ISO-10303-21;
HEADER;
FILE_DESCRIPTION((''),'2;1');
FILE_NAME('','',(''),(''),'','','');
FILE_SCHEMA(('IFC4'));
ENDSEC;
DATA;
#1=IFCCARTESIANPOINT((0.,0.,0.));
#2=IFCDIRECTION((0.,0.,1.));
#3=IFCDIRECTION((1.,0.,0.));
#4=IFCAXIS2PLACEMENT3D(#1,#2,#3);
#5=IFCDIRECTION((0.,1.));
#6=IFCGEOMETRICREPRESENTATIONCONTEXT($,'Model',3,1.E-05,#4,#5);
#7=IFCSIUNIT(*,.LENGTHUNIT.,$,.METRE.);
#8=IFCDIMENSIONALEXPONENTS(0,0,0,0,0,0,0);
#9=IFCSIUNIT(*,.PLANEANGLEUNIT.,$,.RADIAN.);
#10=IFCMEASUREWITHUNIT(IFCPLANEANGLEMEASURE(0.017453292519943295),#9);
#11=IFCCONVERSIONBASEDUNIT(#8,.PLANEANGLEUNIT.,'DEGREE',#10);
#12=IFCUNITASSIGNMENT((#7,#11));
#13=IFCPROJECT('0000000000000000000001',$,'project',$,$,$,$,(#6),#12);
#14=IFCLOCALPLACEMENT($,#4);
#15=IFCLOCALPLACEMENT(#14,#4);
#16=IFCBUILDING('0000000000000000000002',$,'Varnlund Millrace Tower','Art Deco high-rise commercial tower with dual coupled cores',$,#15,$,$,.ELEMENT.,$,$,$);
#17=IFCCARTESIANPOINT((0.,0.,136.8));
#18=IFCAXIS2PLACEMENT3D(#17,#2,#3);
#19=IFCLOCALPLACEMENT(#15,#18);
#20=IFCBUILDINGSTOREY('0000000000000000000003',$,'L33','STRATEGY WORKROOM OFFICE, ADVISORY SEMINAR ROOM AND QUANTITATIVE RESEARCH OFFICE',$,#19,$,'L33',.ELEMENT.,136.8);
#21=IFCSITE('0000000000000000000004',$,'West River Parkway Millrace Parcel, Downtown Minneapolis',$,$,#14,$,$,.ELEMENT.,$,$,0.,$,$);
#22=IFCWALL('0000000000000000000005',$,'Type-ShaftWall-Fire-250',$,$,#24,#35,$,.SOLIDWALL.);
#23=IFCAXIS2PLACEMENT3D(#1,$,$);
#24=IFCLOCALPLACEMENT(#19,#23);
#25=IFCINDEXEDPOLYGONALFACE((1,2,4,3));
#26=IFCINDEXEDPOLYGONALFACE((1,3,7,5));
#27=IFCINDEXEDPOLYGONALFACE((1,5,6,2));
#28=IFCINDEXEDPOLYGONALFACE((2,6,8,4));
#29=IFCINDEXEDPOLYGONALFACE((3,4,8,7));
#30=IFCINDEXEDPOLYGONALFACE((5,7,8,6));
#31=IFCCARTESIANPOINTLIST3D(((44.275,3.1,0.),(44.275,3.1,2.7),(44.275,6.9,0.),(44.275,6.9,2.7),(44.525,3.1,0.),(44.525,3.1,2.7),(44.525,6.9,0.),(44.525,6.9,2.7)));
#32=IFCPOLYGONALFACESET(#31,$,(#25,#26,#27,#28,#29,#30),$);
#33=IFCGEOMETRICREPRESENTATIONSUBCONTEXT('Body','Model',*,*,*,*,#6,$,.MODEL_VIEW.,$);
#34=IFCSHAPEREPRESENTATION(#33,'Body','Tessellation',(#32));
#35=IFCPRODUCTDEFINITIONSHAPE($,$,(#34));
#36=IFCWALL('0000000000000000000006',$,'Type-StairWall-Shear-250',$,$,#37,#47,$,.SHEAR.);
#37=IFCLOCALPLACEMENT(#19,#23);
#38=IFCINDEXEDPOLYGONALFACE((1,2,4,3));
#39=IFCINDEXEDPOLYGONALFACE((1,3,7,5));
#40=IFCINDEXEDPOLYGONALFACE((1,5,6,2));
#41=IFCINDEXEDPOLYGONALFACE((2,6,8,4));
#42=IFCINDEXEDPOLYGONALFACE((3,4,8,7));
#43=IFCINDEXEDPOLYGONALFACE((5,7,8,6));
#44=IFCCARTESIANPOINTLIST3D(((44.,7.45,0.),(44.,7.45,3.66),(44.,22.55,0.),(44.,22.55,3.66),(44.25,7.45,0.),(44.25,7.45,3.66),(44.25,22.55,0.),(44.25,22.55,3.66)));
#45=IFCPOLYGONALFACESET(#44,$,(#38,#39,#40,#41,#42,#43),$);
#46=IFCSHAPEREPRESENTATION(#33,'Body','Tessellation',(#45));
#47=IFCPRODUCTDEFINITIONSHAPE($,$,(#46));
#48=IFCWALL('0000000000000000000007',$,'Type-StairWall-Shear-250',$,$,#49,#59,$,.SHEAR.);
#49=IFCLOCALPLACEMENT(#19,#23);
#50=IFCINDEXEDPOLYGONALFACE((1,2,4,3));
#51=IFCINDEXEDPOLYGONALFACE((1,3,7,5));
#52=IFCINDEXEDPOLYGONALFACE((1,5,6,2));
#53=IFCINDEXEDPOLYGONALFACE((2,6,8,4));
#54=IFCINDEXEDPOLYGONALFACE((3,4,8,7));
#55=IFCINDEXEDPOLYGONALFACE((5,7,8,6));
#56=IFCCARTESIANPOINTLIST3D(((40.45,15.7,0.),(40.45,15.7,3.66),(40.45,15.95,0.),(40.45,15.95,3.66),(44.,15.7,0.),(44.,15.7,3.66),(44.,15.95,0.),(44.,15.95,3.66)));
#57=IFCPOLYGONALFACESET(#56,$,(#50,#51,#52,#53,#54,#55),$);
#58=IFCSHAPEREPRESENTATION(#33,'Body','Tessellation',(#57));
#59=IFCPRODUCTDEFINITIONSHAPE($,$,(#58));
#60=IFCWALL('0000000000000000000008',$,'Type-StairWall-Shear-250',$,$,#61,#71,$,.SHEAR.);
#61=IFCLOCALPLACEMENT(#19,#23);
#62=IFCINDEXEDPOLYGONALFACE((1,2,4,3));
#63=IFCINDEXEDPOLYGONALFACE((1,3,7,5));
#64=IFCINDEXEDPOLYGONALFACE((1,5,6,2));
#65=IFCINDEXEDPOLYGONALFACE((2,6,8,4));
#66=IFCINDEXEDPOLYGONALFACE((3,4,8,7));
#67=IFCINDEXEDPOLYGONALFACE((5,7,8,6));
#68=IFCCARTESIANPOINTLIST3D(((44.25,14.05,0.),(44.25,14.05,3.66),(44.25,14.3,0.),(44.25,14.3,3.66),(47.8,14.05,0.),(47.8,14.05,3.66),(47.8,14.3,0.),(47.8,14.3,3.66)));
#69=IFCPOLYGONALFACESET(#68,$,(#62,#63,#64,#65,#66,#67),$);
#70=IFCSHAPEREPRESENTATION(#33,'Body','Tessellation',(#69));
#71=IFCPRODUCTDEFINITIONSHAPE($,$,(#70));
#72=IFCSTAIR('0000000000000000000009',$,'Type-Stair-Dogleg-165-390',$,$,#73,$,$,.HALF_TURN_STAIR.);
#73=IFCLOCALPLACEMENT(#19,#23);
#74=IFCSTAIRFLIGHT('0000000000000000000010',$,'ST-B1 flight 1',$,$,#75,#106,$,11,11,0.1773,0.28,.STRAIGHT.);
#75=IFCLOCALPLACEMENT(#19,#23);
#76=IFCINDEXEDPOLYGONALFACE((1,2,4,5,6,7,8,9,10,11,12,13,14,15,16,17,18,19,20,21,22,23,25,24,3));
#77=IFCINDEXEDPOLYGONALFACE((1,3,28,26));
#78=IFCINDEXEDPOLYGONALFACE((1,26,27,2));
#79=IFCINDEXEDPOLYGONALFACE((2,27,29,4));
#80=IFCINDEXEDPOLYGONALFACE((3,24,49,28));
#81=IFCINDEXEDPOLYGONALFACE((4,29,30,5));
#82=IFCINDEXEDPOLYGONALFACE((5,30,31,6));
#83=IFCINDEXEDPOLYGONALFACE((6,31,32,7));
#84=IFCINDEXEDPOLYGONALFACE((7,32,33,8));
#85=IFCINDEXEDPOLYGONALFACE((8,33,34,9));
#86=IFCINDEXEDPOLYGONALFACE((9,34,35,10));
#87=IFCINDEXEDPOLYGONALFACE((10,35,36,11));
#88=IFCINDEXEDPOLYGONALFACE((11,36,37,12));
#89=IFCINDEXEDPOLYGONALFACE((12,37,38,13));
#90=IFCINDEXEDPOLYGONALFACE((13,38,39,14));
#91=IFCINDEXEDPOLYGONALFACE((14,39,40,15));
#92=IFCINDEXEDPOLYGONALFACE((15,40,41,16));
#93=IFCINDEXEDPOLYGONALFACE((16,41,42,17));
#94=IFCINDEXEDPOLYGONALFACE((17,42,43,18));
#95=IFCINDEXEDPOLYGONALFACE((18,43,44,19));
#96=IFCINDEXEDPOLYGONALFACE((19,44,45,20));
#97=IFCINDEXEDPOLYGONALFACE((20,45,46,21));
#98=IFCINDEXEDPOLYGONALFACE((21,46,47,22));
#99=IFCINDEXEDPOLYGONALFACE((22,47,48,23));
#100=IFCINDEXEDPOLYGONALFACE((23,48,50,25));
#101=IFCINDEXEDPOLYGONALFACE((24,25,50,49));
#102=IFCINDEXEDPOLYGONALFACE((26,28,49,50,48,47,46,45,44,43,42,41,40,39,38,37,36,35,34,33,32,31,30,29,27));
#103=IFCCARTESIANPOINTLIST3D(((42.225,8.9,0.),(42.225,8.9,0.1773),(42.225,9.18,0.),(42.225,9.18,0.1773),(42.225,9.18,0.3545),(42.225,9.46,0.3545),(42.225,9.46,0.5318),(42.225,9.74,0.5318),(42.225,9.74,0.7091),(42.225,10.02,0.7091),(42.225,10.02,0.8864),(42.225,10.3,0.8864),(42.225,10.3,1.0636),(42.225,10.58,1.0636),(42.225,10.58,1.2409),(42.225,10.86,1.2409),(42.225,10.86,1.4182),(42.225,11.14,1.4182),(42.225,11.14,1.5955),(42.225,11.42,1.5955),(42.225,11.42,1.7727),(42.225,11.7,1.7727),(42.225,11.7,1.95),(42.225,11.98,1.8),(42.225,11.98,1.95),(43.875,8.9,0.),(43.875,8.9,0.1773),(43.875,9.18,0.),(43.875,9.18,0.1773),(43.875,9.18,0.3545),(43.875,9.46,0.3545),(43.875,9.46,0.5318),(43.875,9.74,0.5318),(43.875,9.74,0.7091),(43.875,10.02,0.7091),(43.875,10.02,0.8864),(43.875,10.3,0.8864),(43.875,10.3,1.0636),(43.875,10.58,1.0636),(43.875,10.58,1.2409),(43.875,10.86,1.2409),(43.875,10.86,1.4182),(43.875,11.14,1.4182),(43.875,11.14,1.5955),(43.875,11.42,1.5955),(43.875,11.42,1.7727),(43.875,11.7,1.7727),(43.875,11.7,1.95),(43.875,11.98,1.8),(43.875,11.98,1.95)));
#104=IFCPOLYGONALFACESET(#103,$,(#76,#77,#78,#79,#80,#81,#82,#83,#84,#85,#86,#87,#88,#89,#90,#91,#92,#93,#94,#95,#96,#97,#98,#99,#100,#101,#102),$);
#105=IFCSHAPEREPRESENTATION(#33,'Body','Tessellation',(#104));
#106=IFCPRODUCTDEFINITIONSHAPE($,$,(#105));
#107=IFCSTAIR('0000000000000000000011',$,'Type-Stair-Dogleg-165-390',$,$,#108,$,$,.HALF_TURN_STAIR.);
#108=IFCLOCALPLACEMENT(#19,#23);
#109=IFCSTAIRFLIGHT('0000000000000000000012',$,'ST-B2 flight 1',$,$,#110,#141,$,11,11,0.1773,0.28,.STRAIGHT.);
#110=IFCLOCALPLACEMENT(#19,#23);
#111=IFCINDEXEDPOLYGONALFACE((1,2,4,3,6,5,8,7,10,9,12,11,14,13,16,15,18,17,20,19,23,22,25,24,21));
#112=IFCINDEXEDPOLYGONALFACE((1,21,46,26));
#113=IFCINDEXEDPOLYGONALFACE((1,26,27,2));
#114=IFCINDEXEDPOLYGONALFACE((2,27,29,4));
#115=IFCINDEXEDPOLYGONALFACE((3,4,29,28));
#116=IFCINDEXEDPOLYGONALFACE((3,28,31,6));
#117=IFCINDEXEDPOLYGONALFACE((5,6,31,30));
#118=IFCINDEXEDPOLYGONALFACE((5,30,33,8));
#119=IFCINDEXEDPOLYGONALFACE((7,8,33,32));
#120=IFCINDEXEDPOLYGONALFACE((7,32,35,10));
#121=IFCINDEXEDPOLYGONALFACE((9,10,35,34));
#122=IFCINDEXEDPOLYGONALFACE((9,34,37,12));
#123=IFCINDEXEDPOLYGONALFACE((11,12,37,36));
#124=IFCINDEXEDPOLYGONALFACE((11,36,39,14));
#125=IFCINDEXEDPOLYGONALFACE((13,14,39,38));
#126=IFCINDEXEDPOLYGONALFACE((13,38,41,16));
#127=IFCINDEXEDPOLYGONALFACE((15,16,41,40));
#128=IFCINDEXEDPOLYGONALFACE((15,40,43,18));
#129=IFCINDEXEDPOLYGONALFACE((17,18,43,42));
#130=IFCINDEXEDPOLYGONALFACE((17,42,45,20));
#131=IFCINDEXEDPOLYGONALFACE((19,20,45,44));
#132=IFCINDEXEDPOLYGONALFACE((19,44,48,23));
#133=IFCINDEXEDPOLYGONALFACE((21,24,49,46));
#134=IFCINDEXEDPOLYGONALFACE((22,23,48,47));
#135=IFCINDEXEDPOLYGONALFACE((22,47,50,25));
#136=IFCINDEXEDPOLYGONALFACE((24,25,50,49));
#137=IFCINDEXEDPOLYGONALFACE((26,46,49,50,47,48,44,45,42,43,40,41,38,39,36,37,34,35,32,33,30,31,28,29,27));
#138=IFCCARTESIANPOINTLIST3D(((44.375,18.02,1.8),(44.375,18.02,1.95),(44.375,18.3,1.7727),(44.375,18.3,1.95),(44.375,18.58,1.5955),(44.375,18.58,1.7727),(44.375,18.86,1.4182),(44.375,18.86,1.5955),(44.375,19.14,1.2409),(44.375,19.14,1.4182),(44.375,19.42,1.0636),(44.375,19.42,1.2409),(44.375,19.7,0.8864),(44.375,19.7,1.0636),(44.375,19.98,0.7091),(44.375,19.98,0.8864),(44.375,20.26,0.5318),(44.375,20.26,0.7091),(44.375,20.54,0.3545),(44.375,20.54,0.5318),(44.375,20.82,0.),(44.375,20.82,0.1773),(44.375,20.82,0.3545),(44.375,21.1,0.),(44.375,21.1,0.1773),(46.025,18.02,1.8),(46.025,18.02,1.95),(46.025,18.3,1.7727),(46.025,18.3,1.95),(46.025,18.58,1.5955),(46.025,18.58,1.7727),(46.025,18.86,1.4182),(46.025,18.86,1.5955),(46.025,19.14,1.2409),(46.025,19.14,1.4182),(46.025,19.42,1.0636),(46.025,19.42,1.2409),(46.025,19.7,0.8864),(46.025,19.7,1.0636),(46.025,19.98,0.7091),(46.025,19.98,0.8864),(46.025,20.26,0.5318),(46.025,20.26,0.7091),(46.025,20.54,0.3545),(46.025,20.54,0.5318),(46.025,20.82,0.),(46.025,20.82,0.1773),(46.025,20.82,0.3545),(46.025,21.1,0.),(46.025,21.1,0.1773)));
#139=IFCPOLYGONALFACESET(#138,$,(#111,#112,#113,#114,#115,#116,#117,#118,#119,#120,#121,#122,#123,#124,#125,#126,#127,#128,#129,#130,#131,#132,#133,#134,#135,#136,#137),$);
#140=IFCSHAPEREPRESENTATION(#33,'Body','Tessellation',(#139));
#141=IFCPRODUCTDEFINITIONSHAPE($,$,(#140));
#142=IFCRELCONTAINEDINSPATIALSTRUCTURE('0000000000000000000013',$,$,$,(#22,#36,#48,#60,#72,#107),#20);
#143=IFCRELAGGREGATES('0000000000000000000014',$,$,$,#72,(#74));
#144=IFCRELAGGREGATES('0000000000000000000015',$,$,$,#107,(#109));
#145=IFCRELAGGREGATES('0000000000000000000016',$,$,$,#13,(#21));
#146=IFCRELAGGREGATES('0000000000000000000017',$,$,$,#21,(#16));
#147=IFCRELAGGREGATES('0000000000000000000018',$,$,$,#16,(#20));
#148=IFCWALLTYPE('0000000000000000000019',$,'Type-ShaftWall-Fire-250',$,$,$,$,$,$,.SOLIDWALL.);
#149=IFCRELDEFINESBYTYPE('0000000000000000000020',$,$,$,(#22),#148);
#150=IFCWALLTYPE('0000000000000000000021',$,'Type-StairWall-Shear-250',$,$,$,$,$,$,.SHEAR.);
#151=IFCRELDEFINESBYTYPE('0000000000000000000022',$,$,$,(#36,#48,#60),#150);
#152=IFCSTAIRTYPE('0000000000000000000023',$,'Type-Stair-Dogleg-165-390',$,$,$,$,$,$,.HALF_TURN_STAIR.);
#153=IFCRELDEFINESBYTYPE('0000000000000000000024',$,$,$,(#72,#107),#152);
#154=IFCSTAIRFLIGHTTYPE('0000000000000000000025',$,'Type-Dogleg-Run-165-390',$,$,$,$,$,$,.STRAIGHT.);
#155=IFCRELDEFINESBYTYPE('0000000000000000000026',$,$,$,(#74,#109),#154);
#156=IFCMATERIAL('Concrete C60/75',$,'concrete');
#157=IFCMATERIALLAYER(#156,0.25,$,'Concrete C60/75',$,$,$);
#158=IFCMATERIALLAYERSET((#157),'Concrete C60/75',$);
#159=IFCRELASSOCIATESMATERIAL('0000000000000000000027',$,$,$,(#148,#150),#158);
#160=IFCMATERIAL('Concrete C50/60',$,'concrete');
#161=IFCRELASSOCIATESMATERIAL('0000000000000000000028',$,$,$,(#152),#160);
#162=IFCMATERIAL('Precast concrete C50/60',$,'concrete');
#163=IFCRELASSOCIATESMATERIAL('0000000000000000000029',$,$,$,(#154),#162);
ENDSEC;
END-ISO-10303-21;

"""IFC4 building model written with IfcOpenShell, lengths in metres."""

from ifc_helpers import new_model, entity, si_unit, converted_unit, direction, frame, origin_with_axes, place, context, subcontext, project, spatial, polyline, outline, extrude, material, layer, layer_set, type_object, element, aggregate, save


model = new_model("IFC4")

# Units and contexts
model_context = context("Model", 3, precision=1e-05, world=origin_with_axes(), true_north=direction((0.0, 1.0)))
body_context = subcontext(model_context, "Body", "Model", "MODEL_VIEW")
ifc_project = project(units=[si_unit("LENGTHUNIT", "METRE"), converted_unit("PLANEANGLEUNIT", "DEGREE", entity("IfcPlaneAngleMeasure", 0.017453292519943295), si_unit("PLANEANGLEUNIT", "RADIAN"), dimensions=[0, 0, 0, 0, 0, 0, 0])], contexts=[model_context])

# Site, building, storey
site_placement = place(None, origin_with_axes())
site = spatial("IfcSite", under=ifc_project, at=site_placement, Name="West River Parkway Millrace Parcel, Downtown Minneapolis", CompositionType="ELEMENT", RefElevation=0.0)
building_placement = place(site_placement, origin_with_axes())
building = spatial("IfcBuilding", under=site, at=building_placement, Name="Varnlund Millrace Tower", Description="Art Deco high-rise commercial tower with dual coupled cores", CompositionType="ELEMENT")
storey_placement = place(building_placement, frame((0.0, 0.0, 136.8), z_axis=(0.0, 0.0, 1.0), x_axis=(1.0, 0.0, 0.0)))
storey = spatial("IfcBuildingStorey", under=building, at=storey_placement, Name="L33", Description="STRATEGY WORKROOM OFFICE, ADVISORY SEMINAR ROOM AND QUANTITATIVE RESEARCH OFFICE", LongName="L33", CompositionType="ELEMENT", Elevation=136.8)

# Shared definitions
ifc_material_1 = material(Name="Concrete C60/75", Category="concrete")
ifc_layer_1 = layer(ifc_material_1, 0.25, Name="Concrete C60/75")
ifc_layer_set_1 = layer_set([ifc_layer_1], Name="Concrete C60/75")
wall_type_1 = type_object("IfcWallType", Name="Type-ShaftWall-Fire-250", PredefinedType="SOLIDWALL", material=ifc_layer_set_1)

# Walls
wall_1_placement = place(storey_placement, frame((44.4, 3.1, 0.0), z_axis=(0.0, 0.0, 1.0), x_axis=(0.0, 1.0, 0.0)))
element("IfcWall", 1, at=wall_1_placement, inside=storey, type_object=wall_type_1, Name="Type-ShaftWall-Fire-250", PredefinedType="SOLIDWALL", context=body_context, shape_type="SweptSolid", body=[
    extrude(outline(polyline([(0.0, -0.125), (3.8, -0.125), (3.8, 0.125), (0.0, 0.125), (0.0, -0.125)])), origin_with_axes(), (0.0, 0.0, 1.0), 2.7),
])
wall_type_2 = type_object("IfcWallType", Name="Type-StairWall-Shear-250", PredefinedType="SHEAR", material=ifc_layer_set_1)
wall_2_placement = place(storey_placement, frame((44.125, 7.45, 0.0), z_axis=(0.0, 0.0, 1.0), x_axis=(0.0, 1.0, 0.0)))
element("IfcWall", 2, at=wall_2_placement, inside=storey, type_object=wall_type_2, Name="Type-StairWall-Shear-250", PredefinedType="SHEAR", context=body_context, shape_type="SweptSolid", body=[
    extrude(outline(polyline([(0.0, -0.125), (15.1, -0.125), (15.1, 0.125), (0.0, 0.125), (0.0, -0.125)])), origin_with_axes(), (0.0, 0.0, 1.0), 3.66),
])
for number, where, z_axis, x_axis, name in (
    (3, (40.45, 15.825, 0.0), (0.0, 0.0, 1.0), (1.0, 0.0, 0.0), "Type-StairWall-Shear-250"),
    (4, (44.25, 14.175, 0.0), (0.0, 0.0, 1.0), (1.0, 0.0, 0.0), "Type-StairWall-Shear-250"),
):
    element("IfcWall", number, at=place(storey_placement, frame(where, z_axis=z_axis, x_axis=x_axis)), inside=storey, type_object=wall_type_2, Name=name, PredefinedType="SHEAR", context=body_context, shape_type="SweptSolid", body=[
        extrude(outline(polyline([(0.0, -0.125), (3.55, -0.125), (3.55, 0.125), (0.0, 0.125), (0.0, -0.125)])), origin_with_axes(), (0.0, 0.0, 1.0), 3.66),
    ])

# Stairs, stair flights
ifc_material_2 = material(Name="Concrete C50/60", Category="concrete")
stair_type = type_object("IfcStairType", Name="Type-Stair-Dogleg-165-390", PredefinedType="HALF_TURN_STAIR", material=ifc_material_2)
stair_1_placement = place(storey_placement, origin_with_axes())
stair_1 = element("IfcStair", 5, at=stair_1_placement, inside=storey, type_object=stair_type, Name="Type-Stair-Dogleg-165-390", PredefinedType="HALF_TURN_STAIR")
ifc_material_3 = material(Name="Precast concrete C50/60", Category="concrete")
stair_flight_type = type_object("IfcStairFlightType", Name="Type-Dogleg-Run-165-390", PredefinedType="STRAIGHT", material=ifc_material_3)
stair_flight_1_placement = place(storey_placement, frame((42.225, 8.9, 0.0), z_axis=(1.0, 0.0, 0.0), x_axis=(0.0, 1.0, 0.0)))
stair_flight_1 = element("IfcStairFlight", 6, at=stair_flight_1_placement, type_object=stair_flight_type, Name="ST-B1 flight 1", NumberOfRisers=11, NumberOfTreads=11, PredefinedType="STRAIGHT", RiserHeight=0.1773, TreadLength=0.28, context=body_context, shape_type="SweptSolid", body=[
    extrude(outline(polyline([(0.0, 0.0), (0.0, 0.1773), (0.28, 0.1773), (0.28, 0.3545), (0.56, 0.3545), (0.56, 0.5318), (0.84, 0.5318), (0.84, 0.7091), (1.12, 0.7091), (1.12, 0.8864), (1.4, 0.8864), (1.4, 1.0636), (1.68, 1.0636), (1.68, 1.2409), (1.96, 1.2409), (1.96, 1.4182), (2.24, 1.4182), (2.24, 1.5955), (2.52, 1.5955), (2.52, 1.7727), (2.8, 1.7727), (2.8, 1.95), (3.08, 1.95), (3.08, 1.8), (0.28, 0.0), (0.0, 0.0)])), origin_with_axes(), (0.0, 0.0, 1.0), 1.65),
])
aggregate(stair_1, [stair_flight_1])
stair_2_placement = place(storey_placement, origin_with_axes())
stair_2 = element("IfcStair", 7, at=stair_2_placement, inside=storey, type_object=stair_type, Name="Type-Stair-Dogleg-165-390", PredefinedType="HALF_TURN_STAIR")
stair_flight_2_placement = place(storey_placement, frame((46.025, 21.1, 0.0), z_axis=(-1.0, 0.0, 0.0), x_axis=(0.0, -1.0, 0.0)))
stair_flight_2 = element("IfcStairFlight", 8, at=stair_flight_2_placement, type_object=stair_flight_type, Name="ST-B2 flight 1", NumberOfRisers=11, NumberOfTreads=11, PredefinedType="STRAIGHT", RiserHeight=0.1773, TreadLength=0.28, context=body_context, shape_type="SweptSolid", body=[
    extrude(outline(polyline([(0.0, 0.0), (0.0, 0.1773), (0.28, 0.1773), (0.28, 0.3545), (0.56, 0.3545), (0.56, 0.5318), (0.84, 0.5318), (0.84, 0.7091), (1.12, 0.7091), (1.12, 0.8864), (1.4, 0.8864), (1.4, 1.0636), (1.68, 1.0636), (1.68, 1.2409), (1.96, 1.2409), (1.96, 1.4182), (2.24, 1.4182), (2.24, 1.5955), (2.52, 1.5955), (2.52, 1.7727), (2.8, 1.7727), (2.8, 1.95), (3.08, 1.95), (3.08, 1.8), (0.28, 0.0), (0.0, 0.0)])), origin_with_axes(), (0.0, 0.0, 1.0), 1.65),
])
aggregate(stair_2, [stair_flight_2])

save(model, "model.ifc")
